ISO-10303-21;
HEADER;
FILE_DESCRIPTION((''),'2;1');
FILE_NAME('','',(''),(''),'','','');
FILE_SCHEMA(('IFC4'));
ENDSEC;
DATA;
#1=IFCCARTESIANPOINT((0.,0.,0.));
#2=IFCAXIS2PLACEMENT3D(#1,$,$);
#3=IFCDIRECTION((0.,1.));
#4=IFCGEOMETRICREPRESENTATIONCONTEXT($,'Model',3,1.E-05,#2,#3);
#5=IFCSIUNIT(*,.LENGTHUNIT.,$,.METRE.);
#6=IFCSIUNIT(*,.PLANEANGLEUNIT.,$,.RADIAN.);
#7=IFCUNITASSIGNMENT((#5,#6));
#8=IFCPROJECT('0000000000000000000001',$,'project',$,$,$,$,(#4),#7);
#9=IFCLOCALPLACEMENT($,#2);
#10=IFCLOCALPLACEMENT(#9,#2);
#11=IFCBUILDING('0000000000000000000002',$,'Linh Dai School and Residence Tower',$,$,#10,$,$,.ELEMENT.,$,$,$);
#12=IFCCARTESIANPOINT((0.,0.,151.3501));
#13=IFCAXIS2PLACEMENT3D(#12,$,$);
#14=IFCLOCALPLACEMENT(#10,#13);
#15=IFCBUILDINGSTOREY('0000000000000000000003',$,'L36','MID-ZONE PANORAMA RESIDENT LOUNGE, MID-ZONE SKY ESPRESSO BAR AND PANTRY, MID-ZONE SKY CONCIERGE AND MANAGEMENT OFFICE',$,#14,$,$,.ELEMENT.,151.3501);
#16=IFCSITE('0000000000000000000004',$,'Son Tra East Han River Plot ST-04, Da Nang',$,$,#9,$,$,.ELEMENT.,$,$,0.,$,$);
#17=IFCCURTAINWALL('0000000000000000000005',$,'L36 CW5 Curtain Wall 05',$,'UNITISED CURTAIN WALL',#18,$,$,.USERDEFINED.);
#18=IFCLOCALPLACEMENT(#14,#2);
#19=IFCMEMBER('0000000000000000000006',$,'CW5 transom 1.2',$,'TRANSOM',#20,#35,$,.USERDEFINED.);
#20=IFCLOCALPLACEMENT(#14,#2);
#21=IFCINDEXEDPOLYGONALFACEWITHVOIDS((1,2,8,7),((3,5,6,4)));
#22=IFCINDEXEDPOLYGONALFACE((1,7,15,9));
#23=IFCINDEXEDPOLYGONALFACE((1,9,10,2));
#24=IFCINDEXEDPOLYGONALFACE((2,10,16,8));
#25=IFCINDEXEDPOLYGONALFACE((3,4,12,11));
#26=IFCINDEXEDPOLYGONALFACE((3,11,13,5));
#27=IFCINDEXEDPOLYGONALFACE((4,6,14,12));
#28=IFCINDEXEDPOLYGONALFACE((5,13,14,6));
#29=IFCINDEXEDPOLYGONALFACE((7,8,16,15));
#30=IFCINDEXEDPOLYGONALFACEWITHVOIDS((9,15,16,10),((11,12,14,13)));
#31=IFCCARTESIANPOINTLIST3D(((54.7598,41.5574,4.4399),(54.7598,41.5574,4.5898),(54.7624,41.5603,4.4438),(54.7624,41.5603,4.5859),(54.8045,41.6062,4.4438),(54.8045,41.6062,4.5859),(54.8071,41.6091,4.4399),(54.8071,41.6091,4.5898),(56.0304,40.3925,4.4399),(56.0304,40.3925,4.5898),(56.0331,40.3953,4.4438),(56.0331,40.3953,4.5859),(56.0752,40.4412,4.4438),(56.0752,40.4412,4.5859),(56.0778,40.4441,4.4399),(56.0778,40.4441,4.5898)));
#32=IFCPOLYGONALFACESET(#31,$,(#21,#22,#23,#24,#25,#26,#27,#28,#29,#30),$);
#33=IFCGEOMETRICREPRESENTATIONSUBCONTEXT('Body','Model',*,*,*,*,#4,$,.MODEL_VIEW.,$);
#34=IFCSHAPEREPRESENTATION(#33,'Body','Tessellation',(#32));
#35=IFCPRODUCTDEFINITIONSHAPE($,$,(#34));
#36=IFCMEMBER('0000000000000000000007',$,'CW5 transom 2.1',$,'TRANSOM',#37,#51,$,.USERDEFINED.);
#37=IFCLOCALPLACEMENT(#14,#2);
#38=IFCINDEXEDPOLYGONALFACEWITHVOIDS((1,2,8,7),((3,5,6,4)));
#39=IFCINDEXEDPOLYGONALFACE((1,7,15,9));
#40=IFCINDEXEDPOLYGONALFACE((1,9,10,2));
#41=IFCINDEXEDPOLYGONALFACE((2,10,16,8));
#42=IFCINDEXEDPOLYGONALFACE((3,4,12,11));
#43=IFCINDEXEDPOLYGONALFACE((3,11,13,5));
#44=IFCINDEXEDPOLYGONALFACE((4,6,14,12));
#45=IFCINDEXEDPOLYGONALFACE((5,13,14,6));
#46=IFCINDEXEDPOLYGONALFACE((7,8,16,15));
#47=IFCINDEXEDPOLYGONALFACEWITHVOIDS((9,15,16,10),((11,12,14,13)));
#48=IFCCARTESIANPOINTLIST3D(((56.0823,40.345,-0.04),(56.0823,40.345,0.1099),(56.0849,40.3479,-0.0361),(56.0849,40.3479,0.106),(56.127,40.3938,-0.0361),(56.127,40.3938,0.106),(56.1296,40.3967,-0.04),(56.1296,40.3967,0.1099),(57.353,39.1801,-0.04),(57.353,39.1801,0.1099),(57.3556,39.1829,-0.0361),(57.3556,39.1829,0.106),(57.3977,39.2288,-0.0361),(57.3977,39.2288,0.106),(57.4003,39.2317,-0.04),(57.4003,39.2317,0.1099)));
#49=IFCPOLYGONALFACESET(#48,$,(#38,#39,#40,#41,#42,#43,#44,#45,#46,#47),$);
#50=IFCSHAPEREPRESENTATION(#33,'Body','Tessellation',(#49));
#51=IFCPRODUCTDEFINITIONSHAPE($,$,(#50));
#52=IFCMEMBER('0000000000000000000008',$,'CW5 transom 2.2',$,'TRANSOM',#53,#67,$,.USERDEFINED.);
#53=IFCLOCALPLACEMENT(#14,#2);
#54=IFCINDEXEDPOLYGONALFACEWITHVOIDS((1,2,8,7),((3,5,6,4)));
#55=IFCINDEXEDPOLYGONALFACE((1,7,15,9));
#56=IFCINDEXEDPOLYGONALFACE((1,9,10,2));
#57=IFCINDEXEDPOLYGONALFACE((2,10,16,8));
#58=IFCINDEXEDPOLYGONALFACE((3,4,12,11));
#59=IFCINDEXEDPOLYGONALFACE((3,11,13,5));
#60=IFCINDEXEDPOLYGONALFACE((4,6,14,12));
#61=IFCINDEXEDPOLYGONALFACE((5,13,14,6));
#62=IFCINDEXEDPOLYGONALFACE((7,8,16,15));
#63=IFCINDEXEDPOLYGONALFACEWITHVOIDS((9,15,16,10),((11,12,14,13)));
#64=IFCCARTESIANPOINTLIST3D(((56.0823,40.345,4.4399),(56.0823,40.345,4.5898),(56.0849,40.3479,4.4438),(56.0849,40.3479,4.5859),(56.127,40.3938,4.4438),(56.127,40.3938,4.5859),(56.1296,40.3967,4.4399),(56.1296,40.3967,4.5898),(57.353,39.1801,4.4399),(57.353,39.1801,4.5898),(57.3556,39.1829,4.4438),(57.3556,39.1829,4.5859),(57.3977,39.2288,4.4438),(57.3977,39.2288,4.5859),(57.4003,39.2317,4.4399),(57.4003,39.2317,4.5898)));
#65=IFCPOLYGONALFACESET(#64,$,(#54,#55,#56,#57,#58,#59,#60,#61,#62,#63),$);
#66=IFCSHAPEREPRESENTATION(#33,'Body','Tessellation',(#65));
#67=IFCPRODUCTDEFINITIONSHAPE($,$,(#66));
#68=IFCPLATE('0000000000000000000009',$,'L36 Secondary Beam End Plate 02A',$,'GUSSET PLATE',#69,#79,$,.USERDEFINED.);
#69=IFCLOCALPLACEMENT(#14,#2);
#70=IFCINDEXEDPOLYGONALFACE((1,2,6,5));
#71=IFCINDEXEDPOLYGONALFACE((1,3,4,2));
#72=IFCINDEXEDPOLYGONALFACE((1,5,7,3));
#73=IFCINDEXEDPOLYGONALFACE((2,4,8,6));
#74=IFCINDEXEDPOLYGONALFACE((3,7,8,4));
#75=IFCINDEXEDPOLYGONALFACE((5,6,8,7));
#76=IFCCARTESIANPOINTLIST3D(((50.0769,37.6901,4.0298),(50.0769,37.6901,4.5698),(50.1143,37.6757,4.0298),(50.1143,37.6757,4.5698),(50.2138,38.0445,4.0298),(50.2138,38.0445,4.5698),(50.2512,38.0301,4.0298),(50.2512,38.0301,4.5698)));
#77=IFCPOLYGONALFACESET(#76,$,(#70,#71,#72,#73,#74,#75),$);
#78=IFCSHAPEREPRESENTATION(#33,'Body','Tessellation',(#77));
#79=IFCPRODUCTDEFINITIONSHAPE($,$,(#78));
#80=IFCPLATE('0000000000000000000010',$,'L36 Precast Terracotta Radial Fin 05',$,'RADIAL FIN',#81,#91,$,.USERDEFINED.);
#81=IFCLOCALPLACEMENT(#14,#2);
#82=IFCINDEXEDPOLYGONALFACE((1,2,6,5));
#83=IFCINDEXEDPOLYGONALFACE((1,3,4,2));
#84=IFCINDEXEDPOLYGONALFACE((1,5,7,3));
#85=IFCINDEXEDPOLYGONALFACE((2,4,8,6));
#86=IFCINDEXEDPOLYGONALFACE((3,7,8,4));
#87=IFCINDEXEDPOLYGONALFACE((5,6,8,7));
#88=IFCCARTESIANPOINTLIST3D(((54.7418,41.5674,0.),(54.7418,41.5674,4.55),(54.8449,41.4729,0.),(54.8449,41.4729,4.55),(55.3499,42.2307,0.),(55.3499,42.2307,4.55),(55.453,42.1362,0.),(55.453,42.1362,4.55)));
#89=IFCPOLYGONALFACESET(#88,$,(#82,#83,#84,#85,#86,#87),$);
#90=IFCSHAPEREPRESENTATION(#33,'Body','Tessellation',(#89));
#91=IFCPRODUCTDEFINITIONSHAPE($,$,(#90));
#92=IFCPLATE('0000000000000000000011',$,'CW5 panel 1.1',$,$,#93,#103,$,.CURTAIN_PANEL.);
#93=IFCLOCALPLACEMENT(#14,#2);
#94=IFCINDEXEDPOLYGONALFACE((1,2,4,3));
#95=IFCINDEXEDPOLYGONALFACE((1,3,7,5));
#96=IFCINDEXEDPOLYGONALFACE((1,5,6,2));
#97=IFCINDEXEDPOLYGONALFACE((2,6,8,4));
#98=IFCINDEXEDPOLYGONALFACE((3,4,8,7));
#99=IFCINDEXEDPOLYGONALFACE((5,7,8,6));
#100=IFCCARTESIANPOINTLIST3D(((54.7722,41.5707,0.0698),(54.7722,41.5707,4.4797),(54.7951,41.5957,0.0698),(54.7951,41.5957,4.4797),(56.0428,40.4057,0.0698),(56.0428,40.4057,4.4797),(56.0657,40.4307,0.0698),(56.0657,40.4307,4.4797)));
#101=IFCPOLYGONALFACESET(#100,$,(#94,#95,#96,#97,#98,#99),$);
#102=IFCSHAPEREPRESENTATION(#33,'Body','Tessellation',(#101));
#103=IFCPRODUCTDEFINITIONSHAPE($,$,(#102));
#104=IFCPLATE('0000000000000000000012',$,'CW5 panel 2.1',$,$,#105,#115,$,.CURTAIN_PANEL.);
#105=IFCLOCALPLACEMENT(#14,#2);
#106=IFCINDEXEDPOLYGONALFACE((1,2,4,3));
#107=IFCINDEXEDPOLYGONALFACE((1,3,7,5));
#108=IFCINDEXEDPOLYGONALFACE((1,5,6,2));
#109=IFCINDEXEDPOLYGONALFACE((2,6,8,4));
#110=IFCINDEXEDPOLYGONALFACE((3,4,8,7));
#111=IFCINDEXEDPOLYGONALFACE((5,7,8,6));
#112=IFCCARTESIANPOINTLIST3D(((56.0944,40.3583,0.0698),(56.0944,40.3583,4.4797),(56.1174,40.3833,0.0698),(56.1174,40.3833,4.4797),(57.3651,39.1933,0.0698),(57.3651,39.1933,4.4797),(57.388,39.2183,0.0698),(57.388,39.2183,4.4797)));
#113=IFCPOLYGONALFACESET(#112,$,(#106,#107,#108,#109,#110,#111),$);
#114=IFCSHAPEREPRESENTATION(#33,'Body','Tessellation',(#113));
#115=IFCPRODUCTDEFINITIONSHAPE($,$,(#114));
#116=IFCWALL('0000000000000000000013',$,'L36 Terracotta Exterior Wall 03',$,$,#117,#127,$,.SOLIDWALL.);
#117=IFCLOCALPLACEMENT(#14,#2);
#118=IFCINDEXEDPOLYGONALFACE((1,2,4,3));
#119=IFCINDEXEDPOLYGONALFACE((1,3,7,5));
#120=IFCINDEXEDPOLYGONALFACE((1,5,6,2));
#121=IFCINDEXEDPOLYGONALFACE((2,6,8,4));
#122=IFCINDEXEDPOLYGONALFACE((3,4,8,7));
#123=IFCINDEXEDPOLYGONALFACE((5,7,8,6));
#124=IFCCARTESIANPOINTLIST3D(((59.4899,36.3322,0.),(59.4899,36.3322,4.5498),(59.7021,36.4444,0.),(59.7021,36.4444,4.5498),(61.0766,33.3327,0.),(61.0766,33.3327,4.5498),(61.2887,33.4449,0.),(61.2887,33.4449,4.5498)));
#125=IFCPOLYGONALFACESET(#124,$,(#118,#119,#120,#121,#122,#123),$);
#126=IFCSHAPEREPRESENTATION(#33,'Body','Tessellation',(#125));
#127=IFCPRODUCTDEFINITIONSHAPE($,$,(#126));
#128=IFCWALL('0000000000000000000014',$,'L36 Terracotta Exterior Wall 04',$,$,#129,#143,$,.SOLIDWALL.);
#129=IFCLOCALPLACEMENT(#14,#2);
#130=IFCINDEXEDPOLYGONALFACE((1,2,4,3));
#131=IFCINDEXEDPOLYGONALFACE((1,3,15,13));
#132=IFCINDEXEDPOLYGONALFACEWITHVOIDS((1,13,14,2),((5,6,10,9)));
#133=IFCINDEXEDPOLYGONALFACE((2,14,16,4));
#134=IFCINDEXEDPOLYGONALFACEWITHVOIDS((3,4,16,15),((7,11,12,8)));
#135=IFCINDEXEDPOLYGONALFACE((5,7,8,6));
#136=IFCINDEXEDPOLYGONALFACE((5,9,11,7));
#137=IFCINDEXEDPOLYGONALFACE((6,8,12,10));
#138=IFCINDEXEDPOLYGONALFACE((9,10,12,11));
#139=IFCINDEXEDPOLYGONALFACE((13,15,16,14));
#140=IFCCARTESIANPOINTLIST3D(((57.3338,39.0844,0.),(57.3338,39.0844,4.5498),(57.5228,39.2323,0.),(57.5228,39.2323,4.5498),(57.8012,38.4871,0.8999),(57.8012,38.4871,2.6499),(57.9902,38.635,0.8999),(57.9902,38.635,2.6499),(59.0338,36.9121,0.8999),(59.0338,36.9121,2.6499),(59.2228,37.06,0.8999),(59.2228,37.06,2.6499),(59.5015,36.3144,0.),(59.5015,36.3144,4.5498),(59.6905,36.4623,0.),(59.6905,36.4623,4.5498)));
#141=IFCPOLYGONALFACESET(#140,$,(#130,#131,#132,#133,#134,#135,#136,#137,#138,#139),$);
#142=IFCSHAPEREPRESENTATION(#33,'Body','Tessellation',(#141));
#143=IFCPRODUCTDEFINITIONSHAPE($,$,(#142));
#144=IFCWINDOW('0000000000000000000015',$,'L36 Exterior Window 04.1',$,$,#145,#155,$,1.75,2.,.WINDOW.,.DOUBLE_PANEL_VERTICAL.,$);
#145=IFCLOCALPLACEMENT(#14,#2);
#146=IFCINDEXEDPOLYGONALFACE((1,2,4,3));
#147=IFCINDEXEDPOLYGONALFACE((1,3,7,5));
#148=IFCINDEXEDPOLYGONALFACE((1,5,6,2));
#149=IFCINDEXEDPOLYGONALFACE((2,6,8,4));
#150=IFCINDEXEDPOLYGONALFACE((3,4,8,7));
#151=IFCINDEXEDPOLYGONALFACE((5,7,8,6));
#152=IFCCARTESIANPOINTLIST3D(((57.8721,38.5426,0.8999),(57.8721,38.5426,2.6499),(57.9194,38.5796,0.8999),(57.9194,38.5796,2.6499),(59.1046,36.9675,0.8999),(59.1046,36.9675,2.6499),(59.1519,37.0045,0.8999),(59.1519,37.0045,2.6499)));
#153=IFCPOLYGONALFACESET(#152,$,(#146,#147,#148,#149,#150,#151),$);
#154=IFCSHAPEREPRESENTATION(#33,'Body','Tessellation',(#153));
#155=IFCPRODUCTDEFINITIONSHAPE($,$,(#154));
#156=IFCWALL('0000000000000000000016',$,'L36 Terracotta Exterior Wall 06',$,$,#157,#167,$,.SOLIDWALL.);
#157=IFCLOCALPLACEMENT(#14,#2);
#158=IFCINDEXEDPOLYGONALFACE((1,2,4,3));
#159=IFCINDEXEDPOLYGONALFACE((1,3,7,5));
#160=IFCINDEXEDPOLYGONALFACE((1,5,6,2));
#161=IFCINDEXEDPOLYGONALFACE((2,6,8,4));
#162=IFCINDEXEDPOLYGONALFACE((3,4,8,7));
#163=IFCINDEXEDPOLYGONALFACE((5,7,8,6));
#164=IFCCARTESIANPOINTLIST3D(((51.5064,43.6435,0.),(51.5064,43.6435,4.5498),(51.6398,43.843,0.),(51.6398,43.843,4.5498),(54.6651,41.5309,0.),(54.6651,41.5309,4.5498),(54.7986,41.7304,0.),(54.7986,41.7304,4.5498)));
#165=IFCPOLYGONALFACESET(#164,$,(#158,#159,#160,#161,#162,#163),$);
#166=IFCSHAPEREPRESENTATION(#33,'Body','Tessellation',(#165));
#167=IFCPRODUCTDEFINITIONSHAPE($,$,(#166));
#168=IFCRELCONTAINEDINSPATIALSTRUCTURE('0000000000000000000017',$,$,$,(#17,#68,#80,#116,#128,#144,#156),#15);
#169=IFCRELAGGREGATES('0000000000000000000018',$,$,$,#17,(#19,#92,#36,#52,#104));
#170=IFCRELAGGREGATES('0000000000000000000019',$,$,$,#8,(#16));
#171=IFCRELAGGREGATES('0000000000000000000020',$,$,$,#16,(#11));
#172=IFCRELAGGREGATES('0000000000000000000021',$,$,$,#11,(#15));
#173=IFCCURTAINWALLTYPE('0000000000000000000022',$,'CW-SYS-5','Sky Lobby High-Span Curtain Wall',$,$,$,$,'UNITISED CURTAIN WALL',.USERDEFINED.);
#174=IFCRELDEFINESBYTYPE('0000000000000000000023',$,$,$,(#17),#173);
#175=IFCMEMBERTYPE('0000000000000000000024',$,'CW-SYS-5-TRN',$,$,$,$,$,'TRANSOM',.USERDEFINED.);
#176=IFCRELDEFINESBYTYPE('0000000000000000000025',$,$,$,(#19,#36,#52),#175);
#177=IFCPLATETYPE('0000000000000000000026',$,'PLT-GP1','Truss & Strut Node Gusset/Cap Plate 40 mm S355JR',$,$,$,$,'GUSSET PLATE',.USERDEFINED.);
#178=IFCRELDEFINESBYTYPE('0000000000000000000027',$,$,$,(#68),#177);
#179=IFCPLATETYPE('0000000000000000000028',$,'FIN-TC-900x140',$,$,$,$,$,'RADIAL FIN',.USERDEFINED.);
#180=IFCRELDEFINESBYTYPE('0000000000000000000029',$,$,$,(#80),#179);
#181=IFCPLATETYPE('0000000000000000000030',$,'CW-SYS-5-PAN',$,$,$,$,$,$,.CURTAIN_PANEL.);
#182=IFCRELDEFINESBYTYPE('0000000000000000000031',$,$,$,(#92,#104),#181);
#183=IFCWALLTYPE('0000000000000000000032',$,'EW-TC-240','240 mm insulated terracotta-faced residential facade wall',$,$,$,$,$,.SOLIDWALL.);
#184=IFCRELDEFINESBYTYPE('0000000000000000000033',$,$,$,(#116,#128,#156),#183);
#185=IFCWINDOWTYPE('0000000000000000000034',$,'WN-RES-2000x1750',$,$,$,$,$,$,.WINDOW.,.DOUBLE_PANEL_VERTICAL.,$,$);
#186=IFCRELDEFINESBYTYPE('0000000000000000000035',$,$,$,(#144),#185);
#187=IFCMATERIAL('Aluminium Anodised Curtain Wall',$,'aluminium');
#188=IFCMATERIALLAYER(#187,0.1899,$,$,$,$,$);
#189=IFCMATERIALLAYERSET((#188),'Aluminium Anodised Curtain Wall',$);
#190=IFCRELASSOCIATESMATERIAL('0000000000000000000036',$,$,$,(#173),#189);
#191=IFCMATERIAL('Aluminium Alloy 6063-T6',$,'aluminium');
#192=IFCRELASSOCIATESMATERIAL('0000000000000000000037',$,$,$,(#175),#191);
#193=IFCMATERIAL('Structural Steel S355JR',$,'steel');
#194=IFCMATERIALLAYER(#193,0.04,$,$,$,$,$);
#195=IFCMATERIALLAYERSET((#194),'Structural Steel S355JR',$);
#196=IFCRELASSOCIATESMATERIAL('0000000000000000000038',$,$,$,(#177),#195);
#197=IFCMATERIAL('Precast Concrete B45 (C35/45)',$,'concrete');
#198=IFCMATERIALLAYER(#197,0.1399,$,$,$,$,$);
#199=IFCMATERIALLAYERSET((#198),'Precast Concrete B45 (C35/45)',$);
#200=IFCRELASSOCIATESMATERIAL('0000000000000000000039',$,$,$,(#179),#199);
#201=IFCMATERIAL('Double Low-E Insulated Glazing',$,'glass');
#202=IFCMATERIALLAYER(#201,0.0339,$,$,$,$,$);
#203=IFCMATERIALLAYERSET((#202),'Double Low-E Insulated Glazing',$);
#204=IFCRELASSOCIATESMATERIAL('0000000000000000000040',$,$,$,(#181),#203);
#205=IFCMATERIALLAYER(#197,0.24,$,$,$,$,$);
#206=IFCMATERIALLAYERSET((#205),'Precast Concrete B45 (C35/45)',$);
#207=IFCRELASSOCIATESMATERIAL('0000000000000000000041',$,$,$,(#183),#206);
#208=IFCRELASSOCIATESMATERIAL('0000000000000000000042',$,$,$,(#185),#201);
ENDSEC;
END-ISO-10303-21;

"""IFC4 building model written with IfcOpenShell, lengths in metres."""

from ifc_helpers import new_model, si_unit, direction, frame, frame_2d, origin, origin_2d, place, context, subcontext, project, spatial, rectangle, hollow_rectangle, extrude, source, transform, mapped, material, layer, layer_set, material_profile, profile_set, type_object, element, fill, aggregate, save


model = new_model("IFC4")

# Units and contexts
model_context = context("Model", 3, precision=1e-05, world=origin(), true_north=direction((0.0, 1.0)))
body_context = subcontext(model_context, "Body", "Model", "MODEL_VIEW")
ifc_project = project(units=[si_unit("LENGTHUNIT", "METRE"), si_unit("PLANEANGLEUNIT", "RADIAN")], contexts=[model_context])

# Site, building, storey
site_placement = place(None, origin())
site = spatial("IfcSite", under=ifc_project, at=site_placement, Name="Son Tra East Han River Plot ST-04, Da Nang", CompositionType="ELEMENT", RefElevation=0.0)
building_placement = place(site_placement, origin())
building = spatial("IfcBuilding", under=site, at=building_placement, Name="Linh Dai School and Residence Tower", CompositionType="ELEMENT")
storey_placement = place(building_placement, frame((0.0, 0.0, 151.3501)))
storey = spatial("IfcBuildingStorey", under=building, at=storey_placement, Name="L36", Description="MID-ZONE PANORAMA RESIDENT LOUNGE, MID-ZONE SKY ESPRESSO BAR AND PANTRY, MID-ZONE SKY CONCIERGE AND MANAGEMENT OFFICE", CompositionType="ELEMENT", Elevation=151.3501)

# Shared definitions
ifc_material_1 = material(Name="Structural Steel S355JR", Category="steel")

# Curtain wall, members
ifc_material_2 = material(Name="Aluminium Anodised Curtain Wall", Category="aluminium")
ifc_layer_1 = layer(ifc_material_2, 0.1899)
ifc_layer_set_1 = layer_set([ifc_layer_1], Name="Aluminium Anodised Curtain Wall")
curtain_wall_type = type_object("IfcCurtainWallType", Name="CW-SYS-5", Description="Sky Lobby High-Span Curtain Wall", ElementType="UNITISED CURTAIN WALL", PredefinedType="USERDEFINED", material=ifc_layer_set_1)
curtain_wall_placement = place(storey_placement, origin())
curtain_wall = element("IfcCurtainWall", 1, at=curtain_wall_placement, inside=storey, type_object=curtain_wall_type, Name="L36 CW5 Curtain Wall 05", ObjectType="UNITISED CURTAIN WALL", PredefinedType="USERDEFINED")
ifc_material_3 = material(Name="Aluminium Alloy 6063-T6", Category="aluminium")
ifc_material_profile_1 = material_profile(ifc_material_3, hollow_rectangle(XDim=0.0701, YDim=0.1499, WallThickness=0.0039, at=origin_2d()), Name="RHS 150x70x4")
ifc_profile_set_1 = profile_set([ifc_material_profile_1], Name="Aluminium Alloy 6063-T6")
member_type_1 = type_object("IfcMemberType", Name="CW-SYS-5-TRN", ElementType="TRANSOM", PredefinedType="USERDEFINED", material=ifc_profile_set_1)
shared_shape_1 = source(origin(), body_context, "Body", "SweptSolid", [
    extrude(hollow_rectangle(XDim=0.0701, YDim=0.1499, WallThickness=0.0039, at=origin_2d()), origin(), (0.0, 0.0, 1.0), 1.7239),
])
member_1_placement = place(storey_placement, frame((54.7834, 41.5833, 4.5149), z_axis=(0.737101, -0.675782, 0.0), x_axis=(0.675782, 0.737101, 0.0)))
member_1 = element("IfcMember", 2, at=member_1_placement, type_object=member_type_1, Name="CW5 transom 1.2", ObjectType="TRANSOM", PredefinedType="USERDEFINED", context=body_context, shape_type="MappedRepresentation", body=[
    mapped(shared_shape_1, transform((0.0, 0.0, 0.0), x_axis=(1.0, 0.0, 0.0), y_axis=(0.0, 1.0, 0.0), z_axis=(0.0, 0.0, 1.0), scale=1.0)),
])
member_2_placement = place(storey_placement, frame((56.106, 40.3708, 0.0349), z_axis=(0.737101, -0.675782, 0.0), x_axis=(0.675782, 0.737101, 0.0)))
member_2 = element("IfcMember", 3, at=member_2_placement, type_object=member_type_1, Name="CW5 transom 2.1", ObjectType="TRANSOM", PredefinedType="USERDEFINED", context=body_context, shape_type="MappedRepresentation", body=[
    mapped(shared_shape_1, transform((0.0, 0.0, 0.0), x_axis=(1.0, 0.0, 0.0), y_axis=(0.0, 1.0, 0.0), z_axis=(0.0, 0.0, 1.0), scale=1.0)),
])
member_3_placement = place(storey_placement, frame((56.106, 40.3708, 4.5149), z_axis=(0.737101, -0.675782, 0.0), x_axis=(0.675782, 0.737101, 0.0)))
member_3 = element("IfcMember", 4, at=member_3_placement, type_object=member_type_1, Name="CW5 transom 2.2", ObjectType="TRANSOM", PredefinedType="USERDEFINED", context=body_context, shape_type="MappedRepresentation", body=[
    mapped(shared_shape_1, transform((0.0, 0.0, 0.0), x_axis=(1.0, 0.0, 0.0), y_axis=(0.0, 1.0, 0.0), z_axis=(0.0, 0.0, 1.0), scale=1.0)),
])

# Plates
ifc_layer_2 = layer(ifc_material_1, 0.04)
ifc_layer_set_2 = layer_set([ifc_layer_2], Name="Structural Steel S355JR")
plate_type_1 = type_object("IfcPlateType", Name="PLT-GP1", Description="Truss & Strut Node Gusset/Cap Plate 40 mm S355JR", ElementType="GUSSET PLATE", PredefinedType="USERDEFINED", material=ifc_layer_set_2)
shared_shape_2 = source(origin(), body_context, "Body", "SweptSolid", [
    extrude(rectangle(XDim=0.04, YDim=0.3799, at=origin_2d()), origin(), (0.0, 0.0, 1.0), 0.54),
])
plate_1_placement = place(storey_placement, frame((50.1641, 37.8601, 4.0298), z_axis=(0.0, 0.0, 1.0), x_axis=(-0.932823, 0.360335, 0.0)))
element("IfcPlate", 5, at=plate_1_placement, inside=storey, type_object=plate_type_1, Name="L36 Secondary Beam End Plate 02A", ObjectType="GUSSET PLATE", PredefinedType="USERDEFINED", context=body_context, shape_type="MappedRepresentation", body=[
    mapped(shared_shape_2, transform((0.0, 0.0, 0.0), x_axis=(1.0, 0.0, 0.0), y_axis=(0.0, 1.0, 0.0), z_axis=(0.0, 0.0, 1.0), scale=1.0)),
])
ifc_material_4 = material(Name="Precast Concrete B45 (C35/45)", Category="concrete")
ifc_layer_3 = layer(ifc_material_4, 0.1399)
ifc_layer_set_3 = layer_set([ifc_layer_3], Name="Precast Concrete B45 (C35/45)")
plate_type_2 = type_object("IfcPlateType", Name="FIN-TC-900x140", ElementType="RADIAL FIN", PredefinedType="USERDEFINED", material=ifc_layer_set_3)
shared_shape_3 = source(origin(), body_context, "Body", "SweptSolid", [
    extrude(rectangle(XDim=0.8999, YDim=0.1399, at=origin_2d()), origin(), (0.0, 0.0, 1.0), 4.55),
])
plate_2_placement = place(storey_placement, frame((55.0974, 41.8518, 0.0), z_axis=(0.0, 0.0, 1.0), x_axis=(0.6758, 0.737085, 0.0)))
element("IfcPlate", 6, at=plate_2_placement, inside=storey, type_object=plate_type_2, Name="L36 Precast Terracotta Radial Fin 05", ObjectType="RADIAL FIN", PredefinedType="USERDEFINED", context=body_context, shape_type="MappedRepresentation", body=[
    mapped(shared_shape_3, transform((0.0, 0.0, 0.0), x_axis=(1.0, 0.0, 0.0), y_axis=(0.0, 1.0, 0.0), z_axis=(0.0, 0.0, 1.0), scale=1.0)),
])

# Plates
ifc_material_5 = material(Name="Double Low-E Insulated Glazing", Category="glass")
ifc_layer_4 = layer(ifc_material_5, 0.0339)
ifc_layer_set_4 = layer_set([ifc_layer_4], Name="Double Low-E Insulated Glazing")
plate_type_3 = type_object("IfcPlateType", Name="CW-SYS-5-PAN", PredefinedType="CURTAIN_PANEL", material=ifc_layer_set_4)
shared_shape_4 = source(origin(), body_context, "Body", "SweptSolid", [
    extrude(rectangle(XDim=1.7239, YDim=0.0339, at=origin_2d()), origin(), (0.0, 0.0, 1.0), 4.4099),
])
plate_3_placement = place(storey_placement, frame((55.4189, 41.0007, 0.0698), z_axis=(0.0, 0.0, 1.0), x_axis=(0.737085, -0.6758, 0.0)))
plate_3 = element("IfcPlate", 7, at=plate_3_placement, type_object=plate_type_3, Name="CW5 panel 1.1", PredefinedType="CURTAIN_PANEL", context=body_context, shape_type="MappedRepresentation", body=[
    mapped(shared_shape_4, transform((0.0, 0.0, 0.0), x_axis=(1.0, 0.0, 0.0), y_axis=(0.0, 1.0, 0.0), z_axis=(0.0, 0.0, 1.0), scale=1.0)),
])
plate_4_placement = place(storey_placement, frame((56.7412, 39.7883, 0.0698), z_axis=(0.0, 0.0, 1.0), x_axis=(0.737085, -0.6758, 0.0)))
plate_4 = element("IfcPlate", 8, at=plate_4_placement, type_object=plate_type_3, Name="CW5 panel 2.1", PredefinedType="CURTAIN_PANEL", context=body_context, shape_type="MappedRepresentation", body=[
    mapped(shared_shape_4, transform((0.0, 0.0, 0.0), x_axis=(1.0, 0.0, 0.0), y_axis=(0.0, 1.0, 0.0), z_axis=(0.0, 0.0, 1.0), scale=1.0)),
])
aggregate(curtain_wall, [member_1, plate_3, member_2, member_3, plate_4])

# Wall
ifc_layer_5 = layer(ifc_material_4, 0.24)
ifc_layer_set_5 = layer_set([ifc_layer_5], Name="Precast Concrete B45 (C35/45)")
wall_type_1 = type_object("IfcWallType", Name="EW-TC-240", Description="240 mm insulated terracotta-faced residential facade wall", PredefinedType="SOLIDWALL", material=ifc_layer_set_5)
wall_1_placement = place(storey_placement, frame((59.5959, 36.3884, 0.0), z_axis=(0.0, 0.0, 1.0), x_axis=(0.467587, -0.883947, 0.0)))
element("IfcWall", 9, at=wall_1_placement, inside=storey, type_object=wall_type_1, Name="L36 Terracotta Exterior Wall 03", PredefinedType="SOLIDWALL", context=body_context, shape_type="SweptSolid", body=[
    extrude(rectangle(XDim=3.3933, YDim=0.24, at=frame_2d((1.6968, 0.0))), origin(), (0.0, 0.0, 1.0), 4.5498),
])

# Wall, opening, window
wall_2_placement = place(storey_placement, frame((57.4282, 39.1584, 0.0), z_axis=(0.0, 0.0, 1.0), x_axis=(0.616288, -0.787521, 0.0)))
wall_2 = element("IfcWall", 10, at=wall_2_placement, inside=storey, type_object=wall_type_1, Name="L36 Terracotta Exterior Wall 04", PredefinedType="SOLIDWALL", context=body_context, shape_type="SweptSolid", body=[
    extrude(rectangle(XDim=3.5173, YDim=0.24, at=frame_2d((1.7588, 0.0))), origin(), (0.0, 0.0, 1.0), 4.5498),
])
opening_1_placement = place(wall_2_placement, frame((0.7585, 0.0, 0.8999)))
opening_1 = element("IfcOpeningElement", 11, at=opening_1_placement, cuts=wall_2, PredefinedType="OPENING", context=body_context, shape_type="SweptSolid", body=[
    extrude(rectangle(XDim=2.0, YDim=1.75, at=origin_2d()), frame((1.0, 0.1299, 0.875), z_axis=(0.0, -1.0, 0.0), x_axis=(1.0, 0.0, 0.0)), (0.0, 0.0, 1.0), 0.26),
])
window_type = type_object("IfcWindowType", Name="WN-RES-2000x1750", PartitioningType="DOUBLE_PANEL_VERTICAL", PredefinedType="WINDOW", material=ifc_material_5)
shared_shape_5 = source(origin(), body_context, "Body", "SweptSolid", [
    extrude(rectangle(XDim=2.0, YDim=1.75, at=origin_2d()), frame((1.0, 0.03, 0.875), z_axis=(0.0, -1.0, 0.0), x_axis=(1.0, 0.0, 0.0)), (0.0, 0.0, 1.0), 0.0601),
])
window_1_placement = place(opening_1_placement, origin())
window_1 = element("IfcWindow", 12, at=window_1_placement, inside=storey, type_object=window_type, Name="L36 Exterior Window 04.1", OverallHeight=1.75, OverallWidth=2.0, PartitioningType="DOUBLE_PANEL_VERTICAL", PredefinedType="WINDOW", context=body_context, shape_type="MappedRepresentation", body=[
    mapped(shared_shape_5, transform((0.0, 0.0, 0.0), x_axis=(1.0, 0.0, 0.0), y_axis=(0.0, 1.0, 0.0), z_axis=(0.0, 0.0, 1.0), scale=1.0)),
])
fill(opening_1, window_1)

# Wall
wall_3_placement = place(storey_placement, frame((51.5732, 43.7432, 0.0), z_axis=(0.0, 0.0, 1.0), x_axis=(0.831229, -0.55593, 0.0)))
element("IfcWall", 13, at=wall_3_placement, inside=storey, type_object=wall_type_1, Name="L36 Terracotta Exterior Wall 06", PredefinedType="SOLIDWALL", context=body_context, shape_type="SweptSolid", body=[
    extrude(rectangle(XDim=3.8, YDim=0.24, at=frame_2d((1.8999, 0.0))), origin(), (0.0, 0.0, 1.0), 4.5498),
])

save(model, "model.ifc")
